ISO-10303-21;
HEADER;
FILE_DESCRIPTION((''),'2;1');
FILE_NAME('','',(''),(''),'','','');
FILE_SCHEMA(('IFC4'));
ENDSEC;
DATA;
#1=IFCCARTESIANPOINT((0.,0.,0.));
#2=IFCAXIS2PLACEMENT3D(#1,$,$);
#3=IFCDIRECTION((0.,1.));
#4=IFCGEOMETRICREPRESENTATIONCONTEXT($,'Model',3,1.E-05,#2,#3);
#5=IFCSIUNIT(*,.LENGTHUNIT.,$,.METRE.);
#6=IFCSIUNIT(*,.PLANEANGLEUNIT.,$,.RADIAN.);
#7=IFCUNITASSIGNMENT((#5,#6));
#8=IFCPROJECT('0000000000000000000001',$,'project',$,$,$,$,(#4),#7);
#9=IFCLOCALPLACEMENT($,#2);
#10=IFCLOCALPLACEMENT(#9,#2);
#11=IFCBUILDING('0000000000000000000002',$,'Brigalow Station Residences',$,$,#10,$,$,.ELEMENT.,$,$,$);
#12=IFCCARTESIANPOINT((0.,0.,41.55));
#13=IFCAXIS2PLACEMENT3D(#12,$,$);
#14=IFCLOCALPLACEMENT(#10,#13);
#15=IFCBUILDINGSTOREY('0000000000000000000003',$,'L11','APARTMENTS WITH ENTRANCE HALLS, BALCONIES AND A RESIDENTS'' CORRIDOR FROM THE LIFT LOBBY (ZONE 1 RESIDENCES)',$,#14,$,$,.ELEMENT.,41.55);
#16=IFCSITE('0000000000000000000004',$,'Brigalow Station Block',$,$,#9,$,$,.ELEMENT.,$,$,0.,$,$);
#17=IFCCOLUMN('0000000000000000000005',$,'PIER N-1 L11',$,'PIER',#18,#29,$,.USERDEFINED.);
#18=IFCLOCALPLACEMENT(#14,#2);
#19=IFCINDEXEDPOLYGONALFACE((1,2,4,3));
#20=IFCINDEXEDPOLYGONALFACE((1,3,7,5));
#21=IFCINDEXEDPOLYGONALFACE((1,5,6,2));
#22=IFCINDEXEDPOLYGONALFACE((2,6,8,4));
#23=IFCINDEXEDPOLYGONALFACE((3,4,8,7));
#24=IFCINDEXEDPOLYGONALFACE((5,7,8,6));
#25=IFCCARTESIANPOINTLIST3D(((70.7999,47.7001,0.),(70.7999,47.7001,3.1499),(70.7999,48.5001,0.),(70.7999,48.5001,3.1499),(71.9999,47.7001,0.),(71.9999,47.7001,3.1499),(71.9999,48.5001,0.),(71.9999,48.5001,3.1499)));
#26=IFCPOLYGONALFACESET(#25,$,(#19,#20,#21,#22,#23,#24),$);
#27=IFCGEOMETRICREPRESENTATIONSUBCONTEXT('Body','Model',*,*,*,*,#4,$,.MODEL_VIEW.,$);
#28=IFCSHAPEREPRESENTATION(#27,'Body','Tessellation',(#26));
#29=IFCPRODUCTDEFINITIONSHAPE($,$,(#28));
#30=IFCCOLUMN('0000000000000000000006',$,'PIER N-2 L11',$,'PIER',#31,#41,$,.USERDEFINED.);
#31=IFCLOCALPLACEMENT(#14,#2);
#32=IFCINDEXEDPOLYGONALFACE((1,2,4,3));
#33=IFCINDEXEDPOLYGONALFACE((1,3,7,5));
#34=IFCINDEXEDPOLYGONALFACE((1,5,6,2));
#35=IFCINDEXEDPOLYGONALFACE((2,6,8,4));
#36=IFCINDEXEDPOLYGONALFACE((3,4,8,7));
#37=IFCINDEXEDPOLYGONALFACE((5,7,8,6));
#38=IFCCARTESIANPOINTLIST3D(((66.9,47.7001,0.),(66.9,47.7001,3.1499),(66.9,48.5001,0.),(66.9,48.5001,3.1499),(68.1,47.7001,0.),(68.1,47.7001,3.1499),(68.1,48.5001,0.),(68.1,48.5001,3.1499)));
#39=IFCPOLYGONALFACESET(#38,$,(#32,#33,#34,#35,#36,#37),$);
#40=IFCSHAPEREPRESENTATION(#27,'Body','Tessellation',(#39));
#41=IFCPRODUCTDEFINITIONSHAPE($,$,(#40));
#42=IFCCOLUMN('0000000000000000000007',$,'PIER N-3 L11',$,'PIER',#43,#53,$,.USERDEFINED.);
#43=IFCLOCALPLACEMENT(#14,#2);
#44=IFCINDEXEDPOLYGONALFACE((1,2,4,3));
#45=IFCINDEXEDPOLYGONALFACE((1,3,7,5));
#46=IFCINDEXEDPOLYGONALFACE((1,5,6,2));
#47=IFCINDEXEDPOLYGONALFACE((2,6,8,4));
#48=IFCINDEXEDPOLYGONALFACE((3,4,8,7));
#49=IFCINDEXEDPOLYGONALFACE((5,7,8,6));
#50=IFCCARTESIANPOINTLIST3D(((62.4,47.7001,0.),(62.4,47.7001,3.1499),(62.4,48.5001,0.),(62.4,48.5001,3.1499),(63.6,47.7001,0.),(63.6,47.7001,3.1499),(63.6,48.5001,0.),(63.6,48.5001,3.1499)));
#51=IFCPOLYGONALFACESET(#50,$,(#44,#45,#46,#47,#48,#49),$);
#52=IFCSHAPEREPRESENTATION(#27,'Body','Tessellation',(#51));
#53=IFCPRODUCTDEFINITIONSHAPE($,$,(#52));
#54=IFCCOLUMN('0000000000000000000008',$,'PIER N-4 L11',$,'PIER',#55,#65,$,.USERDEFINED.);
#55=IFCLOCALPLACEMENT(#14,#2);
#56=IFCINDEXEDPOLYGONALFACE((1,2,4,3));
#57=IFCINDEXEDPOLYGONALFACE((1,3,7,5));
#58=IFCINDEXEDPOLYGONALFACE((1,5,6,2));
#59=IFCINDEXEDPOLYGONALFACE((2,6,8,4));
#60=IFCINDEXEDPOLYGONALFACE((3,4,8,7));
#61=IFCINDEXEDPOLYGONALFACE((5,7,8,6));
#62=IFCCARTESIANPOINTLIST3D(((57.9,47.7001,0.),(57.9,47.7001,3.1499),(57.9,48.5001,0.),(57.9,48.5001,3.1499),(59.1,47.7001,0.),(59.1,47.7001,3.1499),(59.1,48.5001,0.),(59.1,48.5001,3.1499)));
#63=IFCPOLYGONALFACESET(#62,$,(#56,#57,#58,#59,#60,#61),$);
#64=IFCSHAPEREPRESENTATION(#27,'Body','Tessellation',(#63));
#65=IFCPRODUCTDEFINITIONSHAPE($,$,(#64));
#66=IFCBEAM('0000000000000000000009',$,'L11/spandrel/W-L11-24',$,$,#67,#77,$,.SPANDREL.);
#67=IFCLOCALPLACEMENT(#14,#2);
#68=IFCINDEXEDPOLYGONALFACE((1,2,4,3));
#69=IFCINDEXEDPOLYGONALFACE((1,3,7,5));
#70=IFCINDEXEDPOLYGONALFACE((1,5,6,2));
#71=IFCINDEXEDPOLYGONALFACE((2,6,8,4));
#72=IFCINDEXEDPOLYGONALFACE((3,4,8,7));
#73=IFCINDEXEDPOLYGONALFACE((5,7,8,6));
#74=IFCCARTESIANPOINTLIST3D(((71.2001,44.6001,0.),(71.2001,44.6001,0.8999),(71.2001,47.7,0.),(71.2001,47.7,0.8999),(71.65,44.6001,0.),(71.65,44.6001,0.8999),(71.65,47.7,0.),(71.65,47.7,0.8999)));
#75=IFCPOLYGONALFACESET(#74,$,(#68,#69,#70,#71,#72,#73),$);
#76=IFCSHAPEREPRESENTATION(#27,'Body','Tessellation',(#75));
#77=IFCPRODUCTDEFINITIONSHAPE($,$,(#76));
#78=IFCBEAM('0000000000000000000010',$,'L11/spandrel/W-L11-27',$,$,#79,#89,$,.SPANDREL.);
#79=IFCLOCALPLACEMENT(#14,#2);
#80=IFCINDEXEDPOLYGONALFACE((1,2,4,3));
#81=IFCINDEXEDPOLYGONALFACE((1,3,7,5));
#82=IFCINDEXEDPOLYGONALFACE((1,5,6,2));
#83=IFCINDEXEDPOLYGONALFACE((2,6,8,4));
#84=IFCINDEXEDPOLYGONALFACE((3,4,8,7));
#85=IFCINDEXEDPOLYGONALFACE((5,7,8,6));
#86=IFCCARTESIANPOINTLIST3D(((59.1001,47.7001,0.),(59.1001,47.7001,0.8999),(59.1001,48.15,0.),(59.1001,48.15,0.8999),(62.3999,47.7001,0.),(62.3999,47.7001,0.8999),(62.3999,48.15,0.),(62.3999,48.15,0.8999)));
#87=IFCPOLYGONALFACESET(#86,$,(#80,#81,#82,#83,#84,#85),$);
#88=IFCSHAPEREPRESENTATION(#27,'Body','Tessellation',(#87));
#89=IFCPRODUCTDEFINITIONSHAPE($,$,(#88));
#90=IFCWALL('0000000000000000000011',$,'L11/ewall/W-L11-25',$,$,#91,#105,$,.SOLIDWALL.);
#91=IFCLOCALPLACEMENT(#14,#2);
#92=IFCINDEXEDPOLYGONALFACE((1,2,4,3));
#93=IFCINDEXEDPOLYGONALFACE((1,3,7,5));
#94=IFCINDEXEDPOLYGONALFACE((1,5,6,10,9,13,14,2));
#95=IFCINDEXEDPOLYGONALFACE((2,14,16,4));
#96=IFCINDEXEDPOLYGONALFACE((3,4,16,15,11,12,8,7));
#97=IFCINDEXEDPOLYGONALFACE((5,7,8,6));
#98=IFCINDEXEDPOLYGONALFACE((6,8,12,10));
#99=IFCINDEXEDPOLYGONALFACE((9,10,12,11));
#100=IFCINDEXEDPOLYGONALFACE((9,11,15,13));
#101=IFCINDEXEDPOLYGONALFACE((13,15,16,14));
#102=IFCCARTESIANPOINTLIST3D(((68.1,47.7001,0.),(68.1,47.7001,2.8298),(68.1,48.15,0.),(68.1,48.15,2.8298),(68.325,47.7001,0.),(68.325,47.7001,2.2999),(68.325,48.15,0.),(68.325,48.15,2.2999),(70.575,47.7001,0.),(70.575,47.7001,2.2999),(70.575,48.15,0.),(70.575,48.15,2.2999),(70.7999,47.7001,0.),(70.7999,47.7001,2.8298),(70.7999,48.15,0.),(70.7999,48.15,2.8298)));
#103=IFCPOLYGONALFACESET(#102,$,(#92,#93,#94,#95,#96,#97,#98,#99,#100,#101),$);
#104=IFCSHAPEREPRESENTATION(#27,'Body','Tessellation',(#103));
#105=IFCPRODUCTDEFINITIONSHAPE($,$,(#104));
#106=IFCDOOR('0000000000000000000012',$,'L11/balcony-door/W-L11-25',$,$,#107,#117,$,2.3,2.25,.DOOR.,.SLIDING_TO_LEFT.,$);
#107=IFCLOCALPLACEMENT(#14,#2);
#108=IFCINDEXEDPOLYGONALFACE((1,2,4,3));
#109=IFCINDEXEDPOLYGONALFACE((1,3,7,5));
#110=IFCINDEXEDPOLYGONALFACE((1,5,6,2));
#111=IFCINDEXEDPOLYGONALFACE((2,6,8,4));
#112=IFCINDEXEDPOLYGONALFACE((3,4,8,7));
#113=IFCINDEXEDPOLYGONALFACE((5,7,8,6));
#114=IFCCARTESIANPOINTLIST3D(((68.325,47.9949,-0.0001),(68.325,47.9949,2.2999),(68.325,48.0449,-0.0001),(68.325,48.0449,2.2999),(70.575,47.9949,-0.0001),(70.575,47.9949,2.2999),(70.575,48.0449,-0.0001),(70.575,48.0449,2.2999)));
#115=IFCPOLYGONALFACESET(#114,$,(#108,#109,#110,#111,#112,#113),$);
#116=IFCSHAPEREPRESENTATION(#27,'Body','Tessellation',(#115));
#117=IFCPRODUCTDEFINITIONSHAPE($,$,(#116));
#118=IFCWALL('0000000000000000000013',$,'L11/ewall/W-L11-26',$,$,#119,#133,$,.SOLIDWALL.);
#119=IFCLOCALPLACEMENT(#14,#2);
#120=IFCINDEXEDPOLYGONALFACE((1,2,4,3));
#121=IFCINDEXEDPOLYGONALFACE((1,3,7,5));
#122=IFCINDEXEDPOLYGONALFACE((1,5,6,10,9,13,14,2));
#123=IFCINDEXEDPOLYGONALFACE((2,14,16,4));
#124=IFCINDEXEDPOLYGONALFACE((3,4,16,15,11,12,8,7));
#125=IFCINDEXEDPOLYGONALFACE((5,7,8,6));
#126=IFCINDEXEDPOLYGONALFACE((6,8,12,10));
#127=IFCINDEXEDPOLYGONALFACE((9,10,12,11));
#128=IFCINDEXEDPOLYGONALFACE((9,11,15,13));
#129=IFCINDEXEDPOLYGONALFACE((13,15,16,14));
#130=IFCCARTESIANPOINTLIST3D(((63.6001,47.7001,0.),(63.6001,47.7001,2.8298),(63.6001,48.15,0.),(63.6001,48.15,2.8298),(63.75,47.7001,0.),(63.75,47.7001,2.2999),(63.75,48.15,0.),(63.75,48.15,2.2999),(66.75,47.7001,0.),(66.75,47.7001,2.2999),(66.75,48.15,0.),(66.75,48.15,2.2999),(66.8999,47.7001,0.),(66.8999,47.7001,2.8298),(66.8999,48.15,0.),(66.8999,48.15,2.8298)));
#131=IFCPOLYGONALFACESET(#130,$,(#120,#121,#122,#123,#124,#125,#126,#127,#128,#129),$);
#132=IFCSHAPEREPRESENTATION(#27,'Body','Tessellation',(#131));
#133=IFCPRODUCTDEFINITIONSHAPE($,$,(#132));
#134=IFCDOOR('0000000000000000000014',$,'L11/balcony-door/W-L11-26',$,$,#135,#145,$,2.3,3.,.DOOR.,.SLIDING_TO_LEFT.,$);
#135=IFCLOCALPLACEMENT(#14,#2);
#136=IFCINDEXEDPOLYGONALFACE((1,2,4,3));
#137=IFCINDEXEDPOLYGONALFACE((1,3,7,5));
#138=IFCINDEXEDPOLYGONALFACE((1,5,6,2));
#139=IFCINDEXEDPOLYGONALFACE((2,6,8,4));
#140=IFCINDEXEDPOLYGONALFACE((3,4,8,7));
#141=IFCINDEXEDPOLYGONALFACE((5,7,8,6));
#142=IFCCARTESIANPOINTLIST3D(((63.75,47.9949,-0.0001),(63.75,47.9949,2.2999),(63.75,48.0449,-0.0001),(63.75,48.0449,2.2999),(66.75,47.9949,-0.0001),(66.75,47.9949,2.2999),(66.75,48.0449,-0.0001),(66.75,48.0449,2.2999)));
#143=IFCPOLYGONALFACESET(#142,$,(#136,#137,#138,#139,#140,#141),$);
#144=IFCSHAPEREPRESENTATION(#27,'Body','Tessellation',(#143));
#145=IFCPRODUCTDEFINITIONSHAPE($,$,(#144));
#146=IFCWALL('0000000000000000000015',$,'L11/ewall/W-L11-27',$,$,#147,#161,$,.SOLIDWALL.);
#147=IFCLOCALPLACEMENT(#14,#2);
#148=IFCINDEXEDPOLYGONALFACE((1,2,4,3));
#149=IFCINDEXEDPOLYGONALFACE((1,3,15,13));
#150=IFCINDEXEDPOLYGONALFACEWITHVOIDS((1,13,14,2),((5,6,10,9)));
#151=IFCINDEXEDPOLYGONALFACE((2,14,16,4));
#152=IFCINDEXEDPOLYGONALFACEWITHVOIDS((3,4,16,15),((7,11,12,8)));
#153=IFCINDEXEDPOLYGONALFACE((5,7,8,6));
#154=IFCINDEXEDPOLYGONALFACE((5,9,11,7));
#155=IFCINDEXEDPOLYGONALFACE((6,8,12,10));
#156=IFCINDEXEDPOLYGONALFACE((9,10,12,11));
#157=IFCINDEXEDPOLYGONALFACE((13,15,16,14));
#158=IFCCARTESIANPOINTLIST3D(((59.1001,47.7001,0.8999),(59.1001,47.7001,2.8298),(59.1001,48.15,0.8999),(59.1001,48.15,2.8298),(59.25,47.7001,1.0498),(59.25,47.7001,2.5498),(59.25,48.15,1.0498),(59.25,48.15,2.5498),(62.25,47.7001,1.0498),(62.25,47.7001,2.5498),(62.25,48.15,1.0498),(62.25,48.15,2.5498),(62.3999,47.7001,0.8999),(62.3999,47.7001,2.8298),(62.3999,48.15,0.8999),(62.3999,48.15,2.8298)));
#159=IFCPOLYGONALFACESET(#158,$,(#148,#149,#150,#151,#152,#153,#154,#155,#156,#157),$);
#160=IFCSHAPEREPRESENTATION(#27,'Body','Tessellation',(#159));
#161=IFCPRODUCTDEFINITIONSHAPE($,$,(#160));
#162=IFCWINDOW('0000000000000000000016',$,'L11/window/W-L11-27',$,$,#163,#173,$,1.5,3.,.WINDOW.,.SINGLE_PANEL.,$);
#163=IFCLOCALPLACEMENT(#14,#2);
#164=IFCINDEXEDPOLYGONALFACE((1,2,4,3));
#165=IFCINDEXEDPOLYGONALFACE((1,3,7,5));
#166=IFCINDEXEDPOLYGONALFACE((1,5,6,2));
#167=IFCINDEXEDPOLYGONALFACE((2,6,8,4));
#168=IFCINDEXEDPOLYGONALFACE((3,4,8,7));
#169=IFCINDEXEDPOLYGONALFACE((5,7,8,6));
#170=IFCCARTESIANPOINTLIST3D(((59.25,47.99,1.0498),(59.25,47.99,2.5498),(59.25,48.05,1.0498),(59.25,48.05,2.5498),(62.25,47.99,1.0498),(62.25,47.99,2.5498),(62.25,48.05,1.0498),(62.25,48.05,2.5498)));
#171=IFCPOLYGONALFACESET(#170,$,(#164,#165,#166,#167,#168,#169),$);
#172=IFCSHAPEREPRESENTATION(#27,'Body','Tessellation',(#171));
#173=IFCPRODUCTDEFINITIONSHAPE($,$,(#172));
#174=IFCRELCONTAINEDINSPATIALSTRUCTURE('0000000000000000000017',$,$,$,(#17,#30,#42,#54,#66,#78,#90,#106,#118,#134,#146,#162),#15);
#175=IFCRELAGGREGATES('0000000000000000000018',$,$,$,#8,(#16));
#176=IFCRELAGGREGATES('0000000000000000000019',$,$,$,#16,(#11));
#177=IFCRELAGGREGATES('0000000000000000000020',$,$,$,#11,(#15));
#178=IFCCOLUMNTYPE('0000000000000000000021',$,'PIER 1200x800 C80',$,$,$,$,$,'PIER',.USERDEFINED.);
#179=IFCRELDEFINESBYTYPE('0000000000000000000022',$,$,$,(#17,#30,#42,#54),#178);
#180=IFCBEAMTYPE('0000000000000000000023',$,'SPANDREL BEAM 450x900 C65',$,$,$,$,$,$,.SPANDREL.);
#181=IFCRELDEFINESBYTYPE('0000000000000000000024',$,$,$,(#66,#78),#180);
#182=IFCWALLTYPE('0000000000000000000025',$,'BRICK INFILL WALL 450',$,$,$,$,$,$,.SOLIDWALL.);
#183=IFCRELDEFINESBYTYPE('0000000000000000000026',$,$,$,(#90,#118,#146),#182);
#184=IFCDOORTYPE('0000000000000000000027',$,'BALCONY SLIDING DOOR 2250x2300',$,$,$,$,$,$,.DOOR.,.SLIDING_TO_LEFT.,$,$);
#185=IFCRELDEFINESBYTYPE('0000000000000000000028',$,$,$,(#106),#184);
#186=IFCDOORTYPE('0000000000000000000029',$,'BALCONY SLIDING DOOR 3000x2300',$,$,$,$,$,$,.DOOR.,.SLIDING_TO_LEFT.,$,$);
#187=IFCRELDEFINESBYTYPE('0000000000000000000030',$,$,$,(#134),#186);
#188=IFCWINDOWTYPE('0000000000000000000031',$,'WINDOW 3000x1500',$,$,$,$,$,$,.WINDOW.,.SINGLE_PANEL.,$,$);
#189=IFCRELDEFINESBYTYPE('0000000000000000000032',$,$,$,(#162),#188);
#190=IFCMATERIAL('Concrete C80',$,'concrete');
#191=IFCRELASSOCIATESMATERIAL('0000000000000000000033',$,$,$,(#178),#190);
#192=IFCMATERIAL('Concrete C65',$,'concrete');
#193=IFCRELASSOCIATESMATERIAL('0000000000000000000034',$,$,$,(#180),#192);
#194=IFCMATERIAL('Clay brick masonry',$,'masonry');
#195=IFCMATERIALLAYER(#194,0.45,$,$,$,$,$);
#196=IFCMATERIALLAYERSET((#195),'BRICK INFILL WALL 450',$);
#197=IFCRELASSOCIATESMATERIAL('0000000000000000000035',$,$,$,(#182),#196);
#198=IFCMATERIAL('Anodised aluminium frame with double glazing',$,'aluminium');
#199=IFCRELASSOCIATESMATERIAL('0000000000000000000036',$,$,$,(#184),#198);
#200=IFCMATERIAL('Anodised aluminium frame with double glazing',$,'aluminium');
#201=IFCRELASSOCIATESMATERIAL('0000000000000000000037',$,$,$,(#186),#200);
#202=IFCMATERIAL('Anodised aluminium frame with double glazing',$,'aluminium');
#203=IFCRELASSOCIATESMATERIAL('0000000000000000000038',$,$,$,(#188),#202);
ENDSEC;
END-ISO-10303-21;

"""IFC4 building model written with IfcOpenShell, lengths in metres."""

from ifc_helpers import new_model, si_unit, direction, frame, frame_2d, origin, origin_2d, place, context, subcontext, project, spatial, rectangle, extrude, material, layer, layer_set, material_profile, profile_set, type_object, element, fill, save


model = new_model("IFC4")

# Units and contexts
model_context = context("Model", 3, precision=1e-05, world=origin(), true_north=direction((0.0, 1.0)))
body_context = subcontext(model_context, "Body", "Model", "MODEL_VIEW")
ifc_project = project(units=[si_unit("LENGTHUNIT", "METRE"), si_unit("PLANEANGLEUNIT", "RADIAN")], contexts=[model_context])

# Site, building, storey
site_placement = place(None, origin())
site = spatial("IfcSite", under=ifc_project, at=site_placement, Name="Brigalow Station Block", CompositionType="ELEMENT", RefElevation=0.0)
building_placement = place(site_placement, origin())
building = spatial("IfcBuilding", under=site, at=building_placement, Name="Brigalow Station Residences", CompositionType="ELEMENT")
storey_placement = place(building_placement, frame((0.0, 0.0, 41.55)))
storey = spatial("IfcBuildingStorey", under=building, at=storey_placement, Name="L11", Description="APARTMENTS WITH ENTRANCE HALLS, BALCONIES AND A RESIDENTS' CORRIDOR FROM THE LIFT LOBBY (ZONE 1 RESIDENCES)", CompositionType="ELEMENT", Elevation=41.55)

# Columns
ifc_material_1 = material(Name="Concrete C80", Category="concrete")
ifc_material_profile_1 = material_profile(ifc_material_1, rectangle(XDim=1.2, YDim=0.8, at=origin_2d()), Name="RC1200x800")
ifc_profile_set_1 = profile_set([ifc_material_profile_1], Name="Concrete C80")
column_type = type_object("IfcColumnType", Name="PIER 1200x800 C80", ElementType="PIER", PredefinedType="USERDEFINED", material=ifc_profile_set_1)
for number, where, z_axis, x_axis, name in (
    (1, (71.3999, 48.1001, 0.0), (0.0, 0.0, 1.0), (-1.0, 0.0, 0.0), "PIER N-1 L11"),
    (2, (67.5, 48.1001, 0.0), (0.0, 0.0, 1.0), (-1.0, 0.0, 0.0), "PIER N-2 L11"),
    (3, (63.0, 48.1001, 0.0), (0.0, 0.0, 1.0), (-1.0, 0.0, 0.0), "PIER N-3 L11"),
    (4, (58.5, 48.1001, 0.0), (0.0, 0.0, 1.0), (-1.0, 0.0, 0.0), "PIER N-4 L11"),
):
    element("IfcColumn", number, at=place(storey_placement, frame(where, z_axis=z_axis, x_axis=x_axis)), inside=storey, type_object=column_type, Name=name, ObjectType="PIER", PredefinedType="USERDEFINED", context=body_context, shape_type="SweptSolid", body=[
        extrude(rectangle(XDim=1.2, YDim=0.8, at=origin_2d()), origin(), (0.0, 0.0, 1.0), 3.1499),
    ])

# Beams
ifc_material_2 = material(Name="Concrete C65", Category="concrete")
ifc_material_profile_2 = material_profile(ifc_material_2, rectangle(XDim=0.45, YDim=0.8999, at=origin_2d()), Name="RC450x900")
ifc_profile_set_2 = profile_set([ifc_material_profile_2], Name="Concrete C65")
beam_type = type_object("IfcBeamType", Name="SPANDREL BEAM 450x900 C65", PredefinedType="SPANDREL", material=ifc_profile_set_2)
beam_1_placement = place(storey_placement, frame((71.425, 44.6001, 0.45), z_axis=(0.0, 1.0, 0.0), x_axis=(-1.0, 0.0, 0.0)))
element("IfcBeam", 5, at=beam_1_placement, inside=storey, type_object=beam_type, Name="L11/spandrel/W-L11-24", PredefinedType="SPANDREL", context=body_context, shape_type="SweptSolid", body=[
    extrude(rectangle(XDim=0.45, YDim=0.8999, at=origin_2d()), origin(), (0.0, 0.0, 1.0), 3.0999),
])
beam_2_placement = place(storey_placement, frame((62.3999, 47.925, 0.45), z_axis=(-1.0, 0.0, 0.0), x_axis=(0.0, -1.0, 0.0)))
element("IfcBeam", 6, at=beam_2_placement, inside=storey, type_object=beam_type, Name="L11/spandrel/W-L11-27", PredefinedType="SPANDREL", context=body_context, shape_type="SweptSolid", body=[
    extrude(rectangle(XDim=0.45, YDim=0.8999, at=origin_2d()), origin(), (0.0, 0.0, 1.0), 3.2998),
])

# Walls, openings, doors
ifc_material_3 = material(Name="Clay brick masonry", Category="masonry")
ifc_layer_1 = layer(ifc_material_3, 0.45)
ifc_layer_set_1 = layer_set([ifc_layer_1], Name="BRICK INFILL WALL 450")
wall_type_1 = type_object("IfcWallType", Name="BRICK INFILL WALL 450", PredefinedType="SOLIDWALL", material=ifc_layer_set_1)
wall_1_placement = place(storey_placement, frame((70.8, 47.925, 0.0), z_axis=(0.0, 0.0, 1.0), x_axis=(-1.0, 0.0, 0.0)))
wall_1 = element("IfcWall", 7, at=wall_1_placement, inside=storey, type_object=wall_type_1, Name="L11/ewall/W-L11-25", PredefinedType="SOLIDWALL", context=body_context, shape_type="SweptSolid", body=[
    extrude(rectangle(XDim=2.7, YDim=0.45, at=frame_2d((1.3501, 0.0))), origin(), (0.0, 0.0, 1.0), 2.8298),
])
opening_1_placement = place(wall_1_placement, frame((0.2251, 0.0, 0.0)))
opening_1 = element("IfcOpeningElement", 8, at=opening_1_placement, cuts=wall_1, PredefinedType="OPENING", context=body_context, shape_type="SweptSolid", body=[
    extrude(rectangle(XDim=2.25, YDim=2.3, at=frame_2d((1.125, 1.1499))), frame((0.0, 0.2349, 0.0), z_axis=(0.0, -1.0, 0.0), x_axis=(1.0, 0.0, 0.0)), (0.0, 0.0, 1.0), 0.47),
])
ifc_material_4 = material(Name="Anodised aluminium frame with double glazing", Category="aluminium")
door_type_1 = type_object("IfcDoorType", Name="BALCONY SLIDING DOOR 2250x2300", OperationType="SLIDING_TO_LEFT", PredefinedType="DOOR", material=ifc_material_4)
door_1_placement = place(opening_1_placement, origin())
door_1 = element("IfcDoor", 9, at=door_1_placement, inside=storey, type_object=door_type_1, Name="L11/balcony-door/W-L11-25", OperationType="SLIDING_TO_LEFT", OverallHeight=2.3, OverallWidth=2.25, PredefinedType="DOOR", context=body_context, shape_type="SweptSolid", body=[
    extrude(rectangle(XDim=2.25, YDim=2.3, at=frame_2d((1.125, 1.1499))), frame((0.0, -0.0698, 0.0), z_axis=(0.0, -1.0, 0.0), x_axis=(1.0, 0.0, 0.0)), (0.0, 0.0, 1.0), 0.05),
])
fill(opening_1, door_1)
wall_2_placement = place(storey_placement, frame((66.8999, 47.925, 0.0), z_axis=(0.0, 0.0, 1.0), x_axis=(-1.0, 0.0, 0.0)))
wall_2 = element("IfcWall", 10, at=wall_2_placement, inside=storey, type_object=wall_type_1, Name="L11/ewall/W-L11-26", PredefinedType="SOLIDWALL", context=body_context, shape_type="SweptSolid", body=[
    extrude(rectangle(XDim=3.2998, YDim=0.45, at=frame_2d((1.6499, 0.0))), origin(), (0.0, 0.0, 1.0), 2.8298),
])
opening_2_placement = place(wall_2_placement, frame((0.1499, 0.0, 0.0)))
opening_2 = element("IfcOpeningElement", 11, at=opening_2_placement, cuts=wall_2, PredefinedType="OPENING", context=body_context, shape_type="SweptSolid", body=[
    extrude(rectangle(XDim=3.0, YDim=2.3, at=frame_2d((1.5, 1.1499))), frame((0.0, 0.2349, 0.0), z_axis=(0.0, -1.0, 0.0), x_axis=(1.0, 0.0, 0.0)), (0.0, 0.0, 1.0), 0.47),
])
ifc_material_5 = material(Name="Anodised aluminium frame with double glazing", Category="aluminium")
door_type_2 = type_object("IfcDoorType", Name="BALCONY SLIDING DOOR 3000x2300", OperationType="SLIDING_TO_LEFT", PredefinedType="DOOR", material=ifc_material_5)
door_2_placement = place(opening_2_placement, origin())
door_2 = element("IfcDoor", 12, at=door_2_placement, inside=storey, type_object=door_type_2, Name="L11/balcony-door/W-L11-26", OperationType="SLIDING_TO_LEFT", OverallHeight=2.3, OverallWidth=3.0, PredefinedType="DOOR", context=body_context, shape_type="SweptSolid", body=[
    extrude(rectangle(XDim=3.0, YDim=2.3, at=frame_2d((1.5, 1.1499))), frame((0.0, -0.0698, 0.0), z_axis=(0.0, -1.0, 0.0), x_axis=(1.0, 0.0, 0.0)), (0.0, 0.0, 1.0), 0.05),
])
fill(opening_2, door_2)

# Wall, opening, window
wall_3_placement = place(storey_placement, frame((62.3999, 47.925, 0.8999), z_axis=(0.0, 0.0, 1.0), x_axis=(-1.0, 0.0, 0.0)))
wall_3 = element("IfcWall", 13, at=wall_3_placement, inside=storey, type_object=wall_type_1, Name="L11/ewall/W-L11-27", PredefinedType="SOLIDWALL", context=body_context, shape_type="SweptSolid", body=[
    extrude(rectangle(XDim=3.2998, YDim=0.45, at=frame_2d((1.6499, 0.0))), origin(), (0.0, 0.0, 1.0), 1.9299),
])
opening_3_placement = place(wall_3_placement, frame((0.1499, 0.0, 0.1499)))
opening_3 = element("IfcOpeningElement", 14, at=opening_3_placement, cuts=wall_3, PredefinedType="OPENING", context=body_context, shape_type="SweptSolid", body=[
    extrude(rectangle(XDim=3.0, YDim=1.5, at=frame_2d((1.5, 0.75))), frame((0.0, 0.2349, 0.0), z_axis=(0.0, -1.0, 0.0), x_axis=(1.0, 0.0, 0.0)), (0.0, 0.0, 1.0), 0.47),
])
ifc_material_6 = material(Name="Anodised aluminium frame with double glazing", Category="aluminium")
window_type = type_object("IfcWindowType", Name="WINDOW 3000x1500", PartitioningType="SINGLE_PANEL", PredefinedType="WINDOW", material=ifc_material_6)
window_placement = place(opening_3_placement, origin())
window = element("IfcWindow", 15, at=window_placement, inside=storey, type_object=window_type, Name="L11/window/W-L11-27", OverallHeight=1.5, OverallWidth=3.0, PartitioningType="SINGLE_PANEL", PredefinedType="WINDOW", context=body_context, shape_type="SweptSolid", body=[
    extrude(rectangle(XDim=3.0, YDim=1.5, at=frame_2d((1.5, 0.75))), frame((0.0, -0.0649, 0.0), z_axis=(0.0, -1.0, 0.0), x_axis=(1.0, 0.0, 0.0)), (0.0, 0.0, 1.0), 0.0601),
])
fill(opening_3, window)

save(model, "model.ifc")
